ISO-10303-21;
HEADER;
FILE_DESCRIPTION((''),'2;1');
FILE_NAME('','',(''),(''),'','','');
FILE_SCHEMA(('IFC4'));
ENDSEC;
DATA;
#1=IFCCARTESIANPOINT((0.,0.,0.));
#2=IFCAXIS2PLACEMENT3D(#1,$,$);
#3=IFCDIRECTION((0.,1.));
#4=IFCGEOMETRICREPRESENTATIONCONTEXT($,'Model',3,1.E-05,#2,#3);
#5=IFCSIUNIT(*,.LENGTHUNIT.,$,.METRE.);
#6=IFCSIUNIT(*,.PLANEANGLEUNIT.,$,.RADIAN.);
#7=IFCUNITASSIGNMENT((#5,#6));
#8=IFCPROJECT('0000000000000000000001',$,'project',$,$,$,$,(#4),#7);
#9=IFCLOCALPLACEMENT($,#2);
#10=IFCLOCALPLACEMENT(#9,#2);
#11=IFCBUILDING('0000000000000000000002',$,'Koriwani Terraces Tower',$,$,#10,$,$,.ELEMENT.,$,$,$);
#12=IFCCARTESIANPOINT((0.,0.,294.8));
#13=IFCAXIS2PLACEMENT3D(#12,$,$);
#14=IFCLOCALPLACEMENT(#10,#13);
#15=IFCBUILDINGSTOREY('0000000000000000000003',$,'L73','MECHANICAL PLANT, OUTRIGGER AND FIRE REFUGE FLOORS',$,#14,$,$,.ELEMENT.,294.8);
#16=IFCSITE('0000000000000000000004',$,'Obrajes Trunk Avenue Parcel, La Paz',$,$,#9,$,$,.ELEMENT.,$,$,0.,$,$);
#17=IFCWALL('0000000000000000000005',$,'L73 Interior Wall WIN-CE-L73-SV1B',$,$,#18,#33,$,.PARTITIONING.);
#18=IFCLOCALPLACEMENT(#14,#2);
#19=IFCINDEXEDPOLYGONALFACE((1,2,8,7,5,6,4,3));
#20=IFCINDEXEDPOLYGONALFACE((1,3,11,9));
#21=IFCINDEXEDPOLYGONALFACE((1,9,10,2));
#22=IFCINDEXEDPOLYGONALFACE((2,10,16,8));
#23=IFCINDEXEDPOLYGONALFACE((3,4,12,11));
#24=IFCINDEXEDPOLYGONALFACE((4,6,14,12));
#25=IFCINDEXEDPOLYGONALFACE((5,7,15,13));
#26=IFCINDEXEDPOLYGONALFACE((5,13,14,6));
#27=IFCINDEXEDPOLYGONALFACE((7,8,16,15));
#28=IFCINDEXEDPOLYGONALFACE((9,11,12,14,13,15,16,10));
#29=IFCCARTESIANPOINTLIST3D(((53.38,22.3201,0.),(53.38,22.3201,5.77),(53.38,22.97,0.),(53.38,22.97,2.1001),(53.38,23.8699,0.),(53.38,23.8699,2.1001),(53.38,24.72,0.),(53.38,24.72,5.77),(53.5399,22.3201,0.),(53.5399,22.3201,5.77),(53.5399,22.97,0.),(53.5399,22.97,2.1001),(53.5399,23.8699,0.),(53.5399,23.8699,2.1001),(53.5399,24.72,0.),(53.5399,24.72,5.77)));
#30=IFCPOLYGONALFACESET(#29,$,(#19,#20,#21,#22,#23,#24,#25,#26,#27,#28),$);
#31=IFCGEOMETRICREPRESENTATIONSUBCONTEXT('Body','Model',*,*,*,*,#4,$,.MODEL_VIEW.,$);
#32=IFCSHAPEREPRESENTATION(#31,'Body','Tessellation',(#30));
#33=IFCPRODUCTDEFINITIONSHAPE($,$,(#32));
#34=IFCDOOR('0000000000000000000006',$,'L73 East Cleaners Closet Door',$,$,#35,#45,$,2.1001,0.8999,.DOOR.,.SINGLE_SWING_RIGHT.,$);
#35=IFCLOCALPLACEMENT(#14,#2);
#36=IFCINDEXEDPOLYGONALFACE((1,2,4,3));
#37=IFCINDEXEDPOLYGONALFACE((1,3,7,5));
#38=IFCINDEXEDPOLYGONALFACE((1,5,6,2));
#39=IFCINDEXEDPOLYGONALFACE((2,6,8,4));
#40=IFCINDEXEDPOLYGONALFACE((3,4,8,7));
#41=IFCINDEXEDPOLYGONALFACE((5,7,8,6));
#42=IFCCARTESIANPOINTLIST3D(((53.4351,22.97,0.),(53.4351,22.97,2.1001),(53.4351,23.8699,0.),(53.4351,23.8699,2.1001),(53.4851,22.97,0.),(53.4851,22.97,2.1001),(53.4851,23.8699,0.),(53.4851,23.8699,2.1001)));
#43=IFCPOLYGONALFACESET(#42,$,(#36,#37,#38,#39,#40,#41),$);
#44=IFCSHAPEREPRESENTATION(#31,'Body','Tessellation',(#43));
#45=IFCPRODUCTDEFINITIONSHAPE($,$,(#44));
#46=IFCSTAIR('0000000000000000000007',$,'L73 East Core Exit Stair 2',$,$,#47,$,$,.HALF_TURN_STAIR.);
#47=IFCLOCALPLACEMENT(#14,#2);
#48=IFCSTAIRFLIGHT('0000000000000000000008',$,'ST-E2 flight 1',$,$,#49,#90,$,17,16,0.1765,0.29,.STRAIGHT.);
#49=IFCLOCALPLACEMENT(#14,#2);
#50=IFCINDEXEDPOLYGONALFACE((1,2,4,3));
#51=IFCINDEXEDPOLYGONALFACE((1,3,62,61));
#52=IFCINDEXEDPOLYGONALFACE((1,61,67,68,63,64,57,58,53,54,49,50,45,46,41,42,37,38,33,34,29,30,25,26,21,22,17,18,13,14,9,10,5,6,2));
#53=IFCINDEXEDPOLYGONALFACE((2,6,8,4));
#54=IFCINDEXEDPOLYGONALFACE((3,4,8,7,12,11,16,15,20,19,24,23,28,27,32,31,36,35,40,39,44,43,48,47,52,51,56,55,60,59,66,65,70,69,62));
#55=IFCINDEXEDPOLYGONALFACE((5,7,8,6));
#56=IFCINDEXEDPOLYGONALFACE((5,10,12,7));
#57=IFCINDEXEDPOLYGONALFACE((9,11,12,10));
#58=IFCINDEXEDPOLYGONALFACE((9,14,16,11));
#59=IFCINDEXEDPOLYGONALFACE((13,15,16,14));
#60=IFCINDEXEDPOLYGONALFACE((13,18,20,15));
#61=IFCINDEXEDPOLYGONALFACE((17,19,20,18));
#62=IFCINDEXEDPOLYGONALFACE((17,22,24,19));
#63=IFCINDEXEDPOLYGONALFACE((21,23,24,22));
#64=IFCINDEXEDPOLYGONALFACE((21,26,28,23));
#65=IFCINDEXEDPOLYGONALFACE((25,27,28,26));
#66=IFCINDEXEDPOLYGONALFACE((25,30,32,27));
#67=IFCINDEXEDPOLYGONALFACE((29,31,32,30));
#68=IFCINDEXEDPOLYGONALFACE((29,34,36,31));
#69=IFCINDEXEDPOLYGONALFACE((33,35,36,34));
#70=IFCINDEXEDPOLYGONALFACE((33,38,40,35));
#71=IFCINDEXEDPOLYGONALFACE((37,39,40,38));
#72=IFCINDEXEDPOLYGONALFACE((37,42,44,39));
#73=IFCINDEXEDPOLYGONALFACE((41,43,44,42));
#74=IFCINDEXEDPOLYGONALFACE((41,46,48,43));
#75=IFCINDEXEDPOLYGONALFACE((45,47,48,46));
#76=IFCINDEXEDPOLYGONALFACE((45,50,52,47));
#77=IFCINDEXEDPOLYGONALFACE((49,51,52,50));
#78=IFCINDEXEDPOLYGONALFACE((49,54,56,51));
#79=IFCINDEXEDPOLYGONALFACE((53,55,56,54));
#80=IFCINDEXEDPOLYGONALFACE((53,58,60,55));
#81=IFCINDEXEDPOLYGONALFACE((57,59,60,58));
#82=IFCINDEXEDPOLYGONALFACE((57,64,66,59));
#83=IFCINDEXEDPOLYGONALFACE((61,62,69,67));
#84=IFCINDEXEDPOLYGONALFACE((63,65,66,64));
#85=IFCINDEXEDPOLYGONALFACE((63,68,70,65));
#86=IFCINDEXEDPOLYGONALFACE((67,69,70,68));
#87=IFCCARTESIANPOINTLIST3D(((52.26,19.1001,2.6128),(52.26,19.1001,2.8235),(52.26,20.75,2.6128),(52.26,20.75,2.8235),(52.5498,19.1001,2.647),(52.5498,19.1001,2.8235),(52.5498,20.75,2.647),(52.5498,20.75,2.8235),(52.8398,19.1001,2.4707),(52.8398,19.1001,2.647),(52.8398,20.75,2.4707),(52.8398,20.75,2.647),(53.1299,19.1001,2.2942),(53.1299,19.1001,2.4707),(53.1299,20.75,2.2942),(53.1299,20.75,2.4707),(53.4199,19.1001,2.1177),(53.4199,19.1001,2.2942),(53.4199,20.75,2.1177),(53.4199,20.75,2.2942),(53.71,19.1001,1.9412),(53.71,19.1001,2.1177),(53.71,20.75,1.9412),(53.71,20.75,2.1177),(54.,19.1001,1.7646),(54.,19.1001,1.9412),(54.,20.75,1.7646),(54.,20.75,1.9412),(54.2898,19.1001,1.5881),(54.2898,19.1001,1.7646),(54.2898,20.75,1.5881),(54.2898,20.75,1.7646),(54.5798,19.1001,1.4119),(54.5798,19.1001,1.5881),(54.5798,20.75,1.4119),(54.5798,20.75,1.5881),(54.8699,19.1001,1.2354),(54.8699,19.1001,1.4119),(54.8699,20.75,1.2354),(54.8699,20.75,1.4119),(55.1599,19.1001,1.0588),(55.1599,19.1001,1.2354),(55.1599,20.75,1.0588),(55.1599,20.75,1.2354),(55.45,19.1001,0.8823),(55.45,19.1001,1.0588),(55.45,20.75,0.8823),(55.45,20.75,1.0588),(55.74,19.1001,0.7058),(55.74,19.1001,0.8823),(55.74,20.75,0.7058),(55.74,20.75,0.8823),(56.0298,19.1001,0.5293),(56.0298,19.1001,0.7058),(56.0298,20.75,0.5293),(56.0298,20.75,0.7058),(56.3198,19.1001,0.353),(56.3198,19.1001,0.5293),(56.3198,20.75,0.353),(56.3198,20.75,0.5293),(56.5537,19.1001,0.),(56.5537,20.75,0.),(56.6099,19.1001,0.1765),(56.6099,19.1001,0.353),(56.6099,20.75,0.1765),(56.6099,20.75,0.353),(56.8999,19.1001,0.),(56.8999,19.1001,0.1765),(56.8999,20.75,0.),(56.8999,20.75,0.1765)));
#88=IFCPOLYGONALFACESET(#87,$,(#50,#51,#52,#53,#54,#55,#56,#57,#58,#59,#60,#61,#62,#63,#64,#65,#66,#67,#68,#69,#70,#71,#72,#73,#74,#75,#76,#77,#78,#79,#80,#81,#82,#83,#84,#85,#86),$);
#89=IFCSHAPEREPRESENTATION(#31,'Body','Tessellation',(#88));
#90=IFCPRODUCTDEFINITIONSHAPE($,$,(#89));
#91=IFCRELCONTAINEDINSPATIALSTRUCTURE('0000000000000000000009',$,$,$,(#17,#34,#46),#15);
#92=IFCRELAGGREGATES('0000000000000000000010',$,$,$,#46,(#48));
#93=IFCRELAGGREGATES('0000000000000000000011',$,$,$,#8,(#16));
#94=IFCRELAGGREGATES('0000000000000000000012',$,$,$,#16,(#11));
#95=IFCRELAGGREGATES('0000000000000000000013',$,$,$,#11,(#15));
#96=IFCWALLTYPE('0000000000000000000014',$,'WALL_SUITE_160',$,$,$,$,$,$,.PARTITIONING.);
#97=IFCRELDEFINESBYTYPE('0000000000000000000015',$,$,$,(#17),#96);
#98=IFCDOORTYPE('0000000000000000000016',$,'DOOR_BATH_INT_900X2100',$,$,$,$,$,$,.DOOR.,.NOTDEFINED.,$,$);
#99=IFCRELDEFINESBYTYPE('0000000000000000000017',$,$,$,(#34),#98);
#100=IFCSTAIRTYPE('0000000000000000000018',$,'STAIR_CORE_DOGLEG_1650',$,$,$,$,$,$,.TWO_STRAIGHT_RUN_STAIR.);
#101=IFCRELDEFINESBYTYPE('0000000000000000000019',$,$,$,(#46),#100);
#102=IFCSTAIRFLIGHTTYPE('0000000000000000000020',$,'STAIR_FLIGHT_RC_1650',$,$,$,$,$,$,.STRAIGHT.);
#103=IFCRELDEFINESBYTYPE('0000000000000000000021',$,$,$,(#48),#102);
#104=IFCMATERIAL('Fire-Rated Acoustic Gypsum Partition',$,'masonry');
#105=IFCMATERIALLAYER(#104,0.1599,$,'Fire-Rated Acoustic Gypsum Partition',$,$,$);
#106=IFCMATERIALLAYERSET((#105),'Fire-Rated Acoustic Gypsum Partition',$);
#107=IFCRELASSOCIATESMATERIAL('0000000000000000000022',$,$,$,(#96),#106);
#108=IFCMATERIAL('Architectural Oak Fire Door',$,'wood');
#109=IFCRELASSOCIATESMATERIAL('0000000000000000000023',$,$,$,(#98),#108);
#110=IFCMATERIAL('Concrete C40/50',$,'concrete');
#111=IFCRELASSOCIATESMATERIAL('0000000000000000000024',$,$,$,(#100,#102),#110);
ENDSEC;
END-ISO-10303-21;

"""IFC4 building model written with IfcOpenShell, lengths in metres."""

from ifc_helpers import new_model, si_unit, direction, frame, frame_2d, origin, place, context, subcontext, project, spatial, polyline, rectangle, outline, extrude, material, layer, layer_set, type_object, element, fill, aggregate, save


model = new_model("IFC4")

# Units and contexts
model_context = context("Model", 3, precision=1e-05, world=origin(), true_north=direction((0.0, 1.0)))
body_context = subcontext(model_context, "Body", "Model", "MODEL_VIEW")
ifc_project = project(units=[si_unit("LENGTHUNIT", "METRE"), si_unit("PLANEANGLEUNIT", "RADIAN")], contexts=[model_context])

# Site, building, storey
site_placement = place(None, origin())
site = spatial("IfcSite", under=ifc_project, at=site_placement, Name="Obrajes Trunk Avenue Parcel, La Paz", CompositionType="ELEMENT", RefElevation=0.0)
building_placement = place(site_placement, origin())
building = spatial("IfcBuilding", under=site, at=building_placement, Name="Koriwani Terraces Tower", CompositionType="ELEMENT")
storey_placement = place(building_placement, frame((0.0, 0.0, 294.8)))
storey = spatial("IfcBuildingStorey", under=building, at=storey_placement, Name="L73", Description="MECHANICAL PLANT, OUTRIGGER AND FIRE REFUGE FLOORS", CompositionType="ELEMENT", Elevation=294.8)

# Shared definitions
ifc_material_1 = material(Name="Concrete C40/50", Category="concrete")

# Wall, opening, door
ifc_material_2 = material(Name="Fire-Rated Acoustic Gypsum Partition", Category="masonry")
ifc_layer_1 = layer(ifc_material_2, 0.1599, Name="Fire-Rated Acoustic Gypsum Partition")
ifc_layer_set_1 = layer_set([ifc_layer_1], Name="Fire-Rated Acoustic Gypsum Partition")
wall_type_1 = type_object("IfcWallType", Name="WALL_SUITE_160", PredefinedType="PARTITIONING", material=ifc_layer_set_1)
ifc_material_3 = material(Name="Architectural Oak Fire Door", Category="wood")
door_type_1 = type_object("IfcDoorType", Name="DOOR_BATH_INT_900X2100", OperationType="NOTDEFINED", PredefinedType="DOOR", material=ifc_material_3)
wall_1_placement = place(storey_placement, frame((53.46, 22.3201, 0.0), z_axis=(0.0, 0.0, 1.0), x_axis=(0.0, 1.0, 0.0)))
wall_1 = element("IfcWall", 1, at=wall_1_placement, inside=storey, type_object=wall_type_1, Name="L73 Interior Wall WIN-CE-L73-SV1B", PredefinedType="PARTITIONING", context=body_context, shape_type="SweptSolid", body=[
    extrude(rectangle(XDim=2.3999, YDim=0.1599, at=frame_2d((1.2, 0.0))), origin(), (0.0, 0.0, 1.0), 5.77),
])
opening_1_placement = place(wall_1_placement, frame((0.6499, 0.0, 0.0)))
opening_1 = element("IfcOpeningElement", 2, at=opening_1_placement, cuts=wall_1, PredefinedType="OPENING", context=body_context, shape_type="SweptSolid", body=[
    extrude(rectangle(XDim=0.8999, YDim=2.1001, at=frame_2d((0.45, 1.05))), frame((0.0, 0.0898, 0.0), z_axis=(0.0, -1.0, 0.0), x_axis=(1.0, 0.0, 0.0)), (0.0, 0.0, 1.0), 0.1799),
])
door_1_placement = place(opening_1_placement, origin())
door_1 = element("IfcDoor", 3, at=door_1_placement, inside=storey, type_object=door_type_1, Name="L73 East Cleaners Closet Door", OperationType="SINGLE_SWING_RIGHT", OverallHeight=2.1001, OverallWidth=0.8999, PredefinedType="DOOR", context=body_context, shape_type="SweptSolid", body=[
    extrude(rectangle(XDim=0.8999, YDim=2.1001, at=frame_2d((0.45, 1.05))), frame((0.0, 0.0249, 0.0), z_axis=(0.0, -1.0, 0.0), x_axis=(1.0, 0.0, 0.0)), (0.0, 0.0, 1.0), 0.05),
])
fill(opening_1, door_1)

# Stair, stair flight
stair_type = type_object("IfcStairType", Name="STAIR_CORE_DOGLEG_1650", PredefinedType="TWO_STRAIGHT_RUN_STAIR", material=ifc_material_1)
stair_placement = place(storey_placement, origin())
stair = element("IfcStair", 4, at=stair_placement, inside=storey, type_object=stair_type, Name="L73 East Core Exit Stair 2", PredefinedType="HALF_TURN_STAIR")
stair_flight_type = type_object("IfcStairFlightType", Name="STAIR_FLIGHT_RC_1650", PredefinedType="STRAIGHT", material=ifc_material_1)
stair_flight_placement = place(storey_placement, frame((56.8999, 19.925, 0.0), z_axis=(0.0, 0.0, 1.0), x_axis=(-1.0, 0.0, 0.0)))
stair_flight = element("IfcStairFlight", 5, at=stair_flight_placement, type_object=stair_flight_type, Name="ST-E2 flight 1", NumberOfRisers=17, NumberOfTreads=16, PredefinedType="STRAIGHT", RiserHeight=0.1765, TreadLength=0.29, context=body_context, shape_type="SweptSolid", body=[
    extrude(outline(polyline([(0.0, 0.0), (0.0, 0.1765), (0.29, 0.1765), (0.29, 0.353), (0.5801, 0.353), (0.5801, 0.5293), (0.8701, 0.5293), (0.8701, 0.7058), (1.1599, 0.7058), (1.1599, 0.8823), (1.45, 0.8823), (1.45, 1.0588), (1.74, 1.0588), (1.74, 1.2354), (2.03, 1.2354), (2.03, 1.4119), (2.3201, 1.4119), (2.3201, 1.5881), (2.6101, 1.5881), (2.6101, 1.7646), (2.8999, 1.7646), (2.8999, 1.9412), (3.1899, 1.9412), (3.1899, 2.1177), (3.48, 2.1177), (3.48, 2.2942), (3.77, 2.2942), (3.77, 2.4707), (4.0601, 2.4707), (4.0601, 2.647), (4.3501, 2.647), (4.3501, 2.8235), (4.6399, 2.8235), (4.6399, 3.0), (4.6399, 2.6128), (0.3462, 0.0), (0.0, 0.0)])), frame((0.0, 0.825, 0.0), z_axis=(0.0, -1.0, 0.0), x_axis=(1.0, 0.0, 0.0)), (0.0, 0.0, 1.0), 1.6499),
])
aggregate(stair, [stair_flight])

save(model, "model.ifc")
